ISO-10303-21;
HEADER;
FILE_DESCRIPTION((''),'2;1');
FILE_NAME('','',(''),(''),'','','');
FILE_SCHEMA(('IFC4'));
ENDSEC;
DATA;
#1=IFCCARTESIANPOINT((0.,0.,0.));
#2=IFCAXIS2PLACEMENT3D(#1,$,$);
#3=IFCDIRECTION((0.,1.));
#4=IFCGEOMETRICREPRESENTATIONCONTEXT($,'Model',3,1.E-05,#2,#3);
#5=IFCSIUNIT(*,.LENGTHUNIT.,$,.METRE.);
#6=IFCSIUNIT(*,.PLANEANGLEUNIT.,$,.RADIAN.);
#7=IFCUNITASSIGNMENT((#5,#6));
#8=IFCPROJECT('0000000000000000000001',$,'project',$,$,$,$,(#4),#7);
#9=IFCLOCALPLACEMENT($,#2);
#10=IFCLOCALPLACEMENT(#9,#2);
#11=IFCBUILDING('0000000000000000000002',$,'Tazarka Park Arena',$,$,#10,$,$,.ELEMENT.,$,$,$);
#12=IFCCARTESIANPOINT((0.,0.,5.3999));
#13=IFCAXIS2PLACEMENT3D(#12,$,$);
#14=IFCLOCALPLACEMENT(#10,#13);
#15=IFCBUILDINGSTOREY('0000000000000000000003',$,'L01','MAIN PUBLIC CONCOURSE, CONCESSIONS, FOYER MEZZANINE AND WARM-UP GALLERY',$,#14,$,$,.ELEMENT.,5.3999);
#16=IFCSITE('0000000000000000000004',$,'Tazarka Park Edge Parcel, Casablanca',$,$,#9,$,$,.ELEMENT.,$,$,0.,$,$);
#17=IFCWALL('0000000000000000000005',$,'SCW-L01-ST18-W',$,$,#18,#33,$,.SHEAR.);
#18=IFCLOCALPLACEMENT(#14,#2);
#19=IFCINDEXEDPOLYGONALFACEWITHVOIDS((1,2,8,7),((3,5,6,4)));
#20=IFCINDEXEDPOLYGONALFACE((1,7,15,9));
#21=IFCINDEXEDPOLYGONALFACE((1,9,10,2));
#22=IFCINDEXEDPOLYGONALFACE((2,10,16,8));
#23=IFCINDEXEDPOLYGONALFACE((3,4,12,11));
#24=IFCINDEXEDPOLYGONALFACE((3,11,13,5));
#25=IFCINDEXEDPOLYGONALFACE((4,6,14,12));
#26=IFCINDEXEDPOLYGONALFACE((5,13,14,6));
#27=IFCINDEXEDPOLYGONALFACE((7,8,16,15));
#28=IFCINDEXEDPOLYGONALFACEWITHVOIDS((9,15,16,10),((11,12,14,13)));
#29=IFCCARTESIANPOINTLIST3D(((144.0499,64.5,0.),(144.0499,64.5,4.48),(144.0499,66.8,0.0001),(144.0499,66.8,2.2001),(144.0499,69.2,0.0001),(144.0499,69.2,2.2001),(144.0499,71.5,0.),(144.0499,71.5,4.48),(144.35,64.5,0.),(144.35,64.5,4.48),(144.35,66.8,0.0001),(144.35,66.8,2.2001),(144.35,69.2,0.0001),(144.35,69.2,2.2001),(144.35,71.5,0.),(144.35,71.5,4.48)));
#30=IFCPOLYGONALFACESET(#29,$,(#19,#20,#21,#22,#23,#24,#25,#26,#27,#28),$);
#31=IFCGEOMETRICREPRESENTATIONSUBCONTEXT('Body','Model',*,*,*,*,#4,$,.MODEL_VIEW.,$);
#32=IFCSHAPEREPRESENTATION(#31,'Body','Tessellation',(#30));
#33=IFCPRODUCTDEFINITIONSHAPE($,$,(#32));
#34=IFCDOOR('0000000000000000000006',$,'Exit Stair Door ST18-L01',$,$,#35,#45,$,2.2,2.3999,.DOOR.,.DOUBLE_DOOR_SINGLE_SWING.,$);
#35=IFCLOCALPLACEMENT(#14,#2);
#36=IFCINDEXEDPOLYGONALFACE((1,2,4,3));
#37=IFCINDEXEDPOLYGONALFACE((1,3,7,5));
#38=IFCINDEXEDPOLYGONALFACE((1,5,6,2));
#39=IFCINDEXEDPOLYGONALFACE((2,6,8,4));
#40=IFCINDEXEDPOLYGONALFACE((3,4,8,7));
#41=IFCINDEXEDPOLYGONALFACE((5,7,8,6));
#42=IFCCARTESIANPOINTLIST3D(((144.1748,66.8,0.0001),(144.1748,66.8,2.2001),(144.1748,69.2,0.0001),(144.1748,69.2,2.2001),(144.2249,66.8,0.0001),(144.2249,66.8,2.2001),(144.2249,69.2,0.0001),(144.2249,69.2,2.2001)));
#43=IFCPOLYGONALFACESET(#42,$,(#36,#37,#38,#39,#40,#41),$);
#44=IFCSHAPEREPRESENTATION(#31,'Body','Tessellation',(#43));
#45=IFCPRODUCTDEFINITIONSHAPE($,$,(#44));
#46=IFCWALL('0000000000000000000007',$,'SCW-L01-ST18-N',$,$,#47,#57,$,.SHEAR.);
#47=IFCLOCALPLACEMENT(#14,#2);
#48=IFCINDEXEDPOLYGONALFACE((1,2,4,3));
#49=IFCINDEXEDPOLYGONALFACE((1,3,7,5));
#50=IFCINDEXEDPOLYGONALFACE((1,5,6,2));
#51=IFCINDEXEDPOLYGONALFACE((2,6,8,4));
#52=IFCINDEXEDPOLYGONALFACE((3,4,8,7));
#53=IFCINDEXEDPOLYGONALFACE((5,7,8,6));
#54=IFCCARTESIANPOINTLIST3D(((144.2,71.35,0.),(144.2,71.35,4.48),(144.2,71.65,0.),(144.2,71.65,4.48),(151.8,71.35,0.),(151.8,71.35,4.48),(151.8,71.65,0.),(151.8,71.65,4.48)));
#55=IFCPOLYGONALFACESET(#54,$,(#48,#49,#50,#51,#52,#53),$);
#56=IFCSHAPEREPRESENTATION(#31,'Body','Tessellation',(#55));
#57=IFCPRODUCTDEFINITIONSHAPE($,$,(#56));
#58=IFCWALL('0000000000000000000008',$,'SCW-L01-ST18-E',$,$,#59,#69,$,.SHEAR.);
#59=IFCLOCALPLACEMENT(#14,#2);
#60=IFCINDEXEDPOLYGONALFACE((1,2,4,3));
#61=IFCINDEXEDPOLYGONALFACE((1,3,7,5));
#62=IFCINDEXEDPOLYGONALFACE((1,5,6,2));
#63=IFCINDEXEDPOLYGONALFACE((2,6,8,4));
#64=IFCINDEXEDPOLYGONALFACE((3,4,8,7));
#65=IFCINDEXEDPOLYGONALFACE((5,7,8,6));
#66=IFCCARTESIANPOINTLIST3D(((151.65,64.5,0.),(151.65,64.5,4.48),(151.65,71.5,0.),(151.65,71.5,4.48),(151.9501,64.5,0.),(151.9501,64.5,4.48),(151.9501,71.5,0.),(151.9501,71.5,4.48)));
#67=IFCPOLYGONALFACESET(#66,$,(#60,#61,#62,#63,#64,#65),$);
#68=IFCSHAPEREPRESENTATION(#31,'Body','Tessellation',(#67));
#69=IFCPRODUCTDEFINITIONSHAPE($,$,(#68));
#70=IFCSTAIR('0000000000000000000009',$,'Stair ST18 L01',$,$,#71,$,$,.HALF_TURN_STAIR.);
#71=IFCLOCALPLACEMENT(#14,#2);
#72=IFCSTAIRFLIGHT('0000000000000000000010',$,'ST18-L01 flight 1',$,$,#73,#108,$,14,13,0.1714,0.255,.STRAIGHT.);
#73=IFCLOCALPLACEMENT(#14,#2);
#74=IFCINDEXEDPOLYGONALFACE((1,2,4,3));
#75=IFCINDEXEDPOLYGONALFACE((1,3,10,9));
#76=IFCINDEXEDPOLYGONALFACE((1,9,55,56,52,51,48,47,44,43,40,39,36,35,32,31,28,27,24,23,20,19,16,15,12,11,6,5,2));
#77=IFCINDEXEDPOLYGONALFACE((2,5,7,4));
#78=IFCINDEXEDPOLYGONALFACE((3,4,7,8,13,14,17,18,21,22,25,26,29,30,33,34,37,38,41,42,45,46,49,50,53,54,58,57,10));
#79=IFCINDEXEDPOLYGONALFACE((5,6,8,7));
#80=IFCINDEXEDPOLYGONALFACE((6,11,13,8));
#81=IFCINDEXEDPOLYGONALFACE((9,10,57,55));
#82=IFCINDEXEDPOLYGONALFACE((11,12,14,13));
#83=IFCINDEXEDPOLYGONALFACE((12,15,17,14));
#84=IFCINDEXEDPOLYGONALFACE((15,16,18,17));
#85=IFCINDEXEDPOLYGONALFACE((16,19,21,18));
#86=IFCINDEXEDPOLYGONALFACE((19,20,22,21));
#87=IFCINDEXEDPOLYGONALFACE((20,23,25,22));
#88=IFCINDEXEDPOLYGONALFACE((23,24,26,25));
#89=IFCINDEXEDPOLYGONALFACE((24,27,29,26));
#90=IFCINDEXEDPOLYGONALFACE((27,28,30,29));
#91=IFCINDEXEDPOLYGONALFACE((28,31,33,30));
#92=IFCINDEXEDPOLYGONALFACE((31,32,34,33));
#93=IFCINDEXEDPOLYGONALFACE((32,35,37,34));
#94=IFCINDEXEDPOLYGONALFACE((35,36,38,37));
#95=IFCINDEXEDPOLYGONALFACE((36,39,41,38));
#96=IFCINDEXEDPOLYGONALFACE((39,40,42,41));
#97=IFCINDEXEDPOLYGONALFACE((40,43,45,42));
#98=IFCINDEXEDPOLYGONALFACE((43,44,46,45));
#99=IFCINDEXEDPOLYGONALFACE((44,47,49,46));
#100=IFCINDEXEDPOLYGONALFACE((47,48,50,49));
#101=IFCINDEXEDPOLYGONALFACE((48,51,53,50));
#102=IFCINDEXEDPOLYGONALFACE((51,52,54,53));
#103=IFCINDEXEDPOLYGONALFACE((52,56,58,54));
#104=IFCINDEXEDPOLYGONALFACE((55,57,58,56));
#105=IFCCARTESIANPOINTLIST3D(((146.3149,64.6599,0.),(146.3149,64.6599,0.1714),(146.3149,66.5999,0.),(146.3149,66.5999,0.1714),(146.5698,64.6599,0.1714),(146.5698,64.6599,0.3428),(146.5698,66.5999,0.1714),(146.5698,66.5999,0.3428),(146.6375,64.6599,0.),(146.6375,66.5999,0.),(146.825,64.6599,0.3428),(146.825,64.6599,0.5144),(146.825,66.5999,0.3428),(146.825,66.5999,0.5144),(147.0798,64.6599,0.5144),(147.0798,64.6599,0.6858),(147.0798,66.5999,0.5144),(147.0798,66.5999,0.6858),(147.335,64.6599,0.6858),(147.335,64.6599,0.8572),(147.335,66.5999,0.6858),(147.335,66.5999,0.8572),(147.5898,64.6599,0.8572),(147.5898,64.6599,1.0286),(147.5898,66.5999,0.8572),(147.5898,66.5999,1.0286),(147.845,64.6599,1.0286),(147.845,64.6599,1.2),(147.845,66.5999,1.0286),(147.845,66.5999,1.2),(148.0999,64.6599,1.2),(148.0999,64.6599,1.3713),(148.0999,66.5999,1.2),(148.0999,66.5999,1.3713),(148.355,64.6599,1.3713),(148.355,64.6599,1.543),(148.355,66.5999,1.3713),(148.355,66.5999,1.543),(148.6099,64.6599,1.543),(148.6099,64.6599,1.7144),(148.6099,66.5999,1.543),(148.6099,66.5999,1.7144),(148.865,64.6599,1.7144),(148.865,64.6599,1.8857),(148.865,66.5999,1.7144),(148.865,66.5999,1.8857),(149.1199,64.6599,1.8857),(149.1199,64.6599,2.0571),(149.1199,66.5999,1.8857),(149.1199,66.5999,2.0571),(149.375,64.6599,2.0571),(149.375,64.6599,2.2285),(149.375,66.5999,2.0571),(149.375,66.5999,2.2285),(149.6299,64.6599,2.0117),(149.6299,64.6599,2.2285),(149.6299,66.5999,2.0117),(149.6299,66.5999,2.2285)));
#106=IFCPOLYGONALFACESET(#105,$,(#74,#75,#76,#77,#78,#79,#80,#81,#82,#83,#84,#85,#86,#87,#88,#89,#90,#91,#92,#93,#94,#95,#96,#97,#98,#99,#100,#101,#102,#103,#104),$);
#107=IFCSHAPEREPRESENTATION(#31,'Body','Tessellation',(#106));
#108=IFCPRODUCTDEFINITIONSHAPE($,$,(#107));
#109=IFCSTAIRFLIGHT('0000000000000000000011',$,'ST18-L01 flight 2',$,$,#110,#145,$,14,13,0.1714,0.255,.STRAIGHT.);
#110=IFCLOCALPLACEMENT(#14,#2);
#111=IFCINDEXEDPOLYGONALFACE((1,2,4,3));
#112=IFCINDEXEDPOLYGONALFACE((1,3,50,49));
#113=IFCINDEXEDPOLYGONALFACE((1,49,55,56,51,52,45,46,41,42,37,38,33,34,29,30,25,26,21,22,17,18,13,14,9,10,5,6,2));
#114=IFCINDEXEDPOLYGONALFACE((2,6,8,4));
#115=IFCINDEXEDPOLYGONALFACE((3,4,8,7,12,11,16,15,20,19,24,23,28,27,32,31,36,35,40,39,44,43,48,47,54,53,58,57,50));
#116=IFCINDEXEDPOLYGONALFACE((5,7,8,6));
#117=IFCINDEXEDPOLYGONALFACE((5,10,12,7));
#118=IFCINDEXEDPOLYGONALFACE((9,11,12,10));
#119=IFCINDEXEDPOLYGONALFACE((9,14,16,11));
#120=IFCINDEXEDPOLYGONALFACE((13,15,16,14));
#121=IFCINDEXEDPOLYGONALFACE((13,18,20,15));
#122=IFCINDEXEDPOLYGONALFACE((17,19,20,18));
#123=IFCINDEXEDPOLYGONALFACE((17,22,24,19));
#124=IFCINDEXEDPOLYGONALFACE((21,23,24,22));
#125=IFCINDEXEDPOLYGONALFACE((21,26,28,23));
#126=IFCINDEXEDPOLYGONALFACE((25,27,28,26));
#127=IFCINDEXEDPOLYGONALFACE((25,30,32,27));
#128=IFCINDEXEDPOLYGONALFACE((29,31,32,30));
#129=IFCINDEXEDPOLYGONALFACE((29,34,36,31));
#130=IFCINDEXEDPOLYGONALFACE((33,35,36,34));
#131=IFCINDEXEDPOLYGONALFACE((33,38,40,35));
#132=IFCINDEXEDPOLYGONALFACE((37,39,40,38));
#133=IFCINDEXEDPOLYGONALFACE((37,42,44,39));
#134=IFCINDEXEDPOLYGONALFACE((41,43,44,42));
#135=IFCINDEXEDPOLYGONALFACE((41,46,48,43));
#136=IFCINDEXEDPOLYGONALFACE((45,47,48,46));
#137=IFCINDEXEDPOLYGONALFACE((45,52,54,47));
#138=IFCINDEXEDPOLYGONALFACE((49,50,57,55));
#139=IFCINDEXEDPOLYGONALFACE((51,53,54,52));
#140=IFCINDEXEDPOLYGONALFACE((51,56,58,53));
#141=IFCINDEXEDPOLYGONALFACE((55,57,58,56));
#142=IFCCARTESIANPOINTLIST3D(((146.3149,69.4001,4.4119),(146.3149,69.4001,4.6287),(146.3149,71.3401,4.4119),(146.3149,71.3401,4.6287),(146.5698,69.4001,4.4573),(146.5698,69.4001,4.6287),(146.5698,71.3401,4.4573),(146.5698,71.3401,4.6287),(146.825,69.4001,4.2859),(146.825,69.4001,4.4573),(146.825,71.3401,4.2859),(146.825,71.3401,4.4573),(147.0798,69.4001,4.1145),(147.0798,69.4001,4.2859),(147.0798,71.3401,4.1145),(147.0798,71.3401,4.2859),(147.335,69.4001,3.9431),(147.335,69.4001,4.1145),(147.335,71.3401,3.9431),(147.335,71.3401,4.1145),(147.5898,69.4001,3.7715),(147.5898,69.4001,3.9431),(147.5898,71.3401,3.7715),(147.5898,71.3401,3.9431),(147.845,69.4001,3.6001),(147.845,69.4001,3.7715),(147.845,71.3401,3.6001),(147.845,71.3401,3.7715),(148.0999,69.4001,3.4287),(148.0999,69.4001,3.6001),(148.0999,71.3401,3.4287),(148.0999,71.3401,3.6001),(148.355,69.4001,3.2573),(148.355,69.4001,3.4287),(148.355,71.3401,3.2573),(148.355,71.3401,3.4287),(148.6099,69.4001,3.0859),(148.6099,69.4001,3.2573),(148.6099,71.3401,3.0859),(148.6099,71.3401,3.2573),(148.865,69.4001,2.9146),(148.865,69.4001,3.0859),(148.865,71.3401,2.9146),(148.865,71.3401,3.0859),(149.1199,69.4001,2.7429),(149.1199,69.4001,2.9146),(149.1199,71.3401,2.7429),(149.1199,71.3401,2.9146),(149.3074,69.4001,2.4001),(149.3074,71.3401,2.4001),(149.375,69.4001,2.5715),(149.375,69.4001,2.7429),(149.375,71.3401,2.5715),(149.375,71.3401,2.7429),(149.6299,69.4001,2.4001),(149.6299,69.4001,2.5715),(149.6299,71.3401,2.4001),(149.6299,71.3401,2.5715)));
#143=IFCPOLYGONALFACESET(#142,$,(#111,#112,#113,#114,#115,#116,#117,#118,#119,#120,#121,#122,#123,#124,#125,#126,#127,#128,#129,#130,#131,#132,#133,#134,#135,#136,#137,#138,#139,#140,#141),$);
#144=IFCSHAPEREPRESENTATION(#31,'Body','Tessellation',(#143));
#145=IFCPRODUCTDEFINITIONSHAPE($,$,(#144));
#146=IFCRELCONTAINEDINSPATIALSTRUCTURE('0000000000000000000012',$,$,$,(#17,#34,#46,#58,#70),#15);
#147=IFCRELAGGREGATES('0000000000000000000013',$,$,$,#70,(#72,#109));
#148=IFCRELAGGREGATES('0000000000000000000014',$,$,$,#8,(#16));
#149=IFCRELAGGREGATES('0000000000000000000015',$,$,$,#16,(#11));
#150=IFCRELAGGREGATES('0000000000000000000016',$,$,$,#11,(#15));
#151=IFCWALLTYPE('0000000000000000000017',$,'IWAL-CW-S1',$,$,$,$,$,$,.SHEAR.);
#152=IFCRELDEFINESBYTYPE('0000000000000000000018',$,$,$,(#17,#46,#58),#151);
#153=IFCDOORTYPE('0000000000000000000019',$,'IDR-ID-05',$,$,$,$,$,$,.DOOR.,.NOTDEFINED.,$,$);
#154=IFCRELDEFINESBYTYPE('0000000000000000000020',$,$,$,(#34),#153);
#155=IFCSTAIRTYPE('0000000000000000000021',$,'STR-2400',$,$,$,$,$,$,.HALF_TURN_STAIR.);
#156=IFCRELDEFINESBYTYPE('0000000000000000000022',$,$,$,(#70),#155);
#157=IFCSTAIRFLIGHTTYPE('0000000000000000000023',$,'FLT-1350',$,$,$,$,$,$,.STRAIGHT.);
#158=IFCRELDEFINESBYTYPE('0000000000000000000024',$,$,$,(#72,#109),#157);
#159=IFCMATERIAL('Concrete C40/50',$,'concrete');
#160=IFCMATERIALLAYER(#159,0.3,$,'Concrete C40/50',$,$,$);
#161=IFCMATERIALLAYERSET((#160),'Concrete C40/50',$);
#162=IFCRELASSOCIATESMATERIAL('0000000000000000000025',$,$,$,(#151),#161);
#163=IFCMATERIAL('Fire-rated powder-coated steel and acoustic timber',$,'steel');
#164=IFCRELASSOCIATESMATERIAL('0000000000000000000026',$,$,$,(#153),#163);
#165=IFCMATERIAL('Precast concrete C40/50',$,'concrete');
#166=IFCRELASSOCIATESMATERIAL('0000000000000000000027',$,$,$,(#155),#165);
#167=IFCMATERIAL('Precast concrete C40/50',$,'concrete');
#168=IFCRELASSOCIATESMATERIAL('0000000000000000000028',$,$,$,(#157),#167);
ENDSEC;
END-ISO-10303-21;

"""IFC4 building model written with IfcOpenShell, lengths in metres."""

from ifc_helpers import new_model, si_unit, direction, frame, frame_2d, origin, place, context, subcontext, project, spatial, polyline, rectangle, outline, extrude, material, layer, layer_set, type_object, element, fill, aggregate, save


model = new_model("IFC4")

# Units and contexts
model_context = context("Model", 3, precision=1e-05, world=origin(), true_north=direction((0.0, 1.0)))
body_context = subcontext(model_context, "Body", "Model", "MODEL_VIEW")
ifc_project = project(units=[si_unit("LENGTHUNIT", "METRE"), si_unit("PLANEANGLEUNIT", "RADIAN")], contexts=[model_context])

# Site, building, storey
site_placement = place(None, origin())
site = spatial("IfcSite", under=ifc_project, at=site_placement, Name="Tazarka Park Edge Parcel, Casablanca", CompositionType="ELEMENT", RefElevation=0.0)
building_placement = place(site_placement, origin())
building = spatial("IfcBuilding", under=site, at=building_placement, Name="Tazarka Park Arena", CompositionType="ELEMENT")
storey_placement = place(building_placement, frame((0.0, 0.0, 5.3999)))
storey = spatial("IfcBuildingStorey", under=building, at=storey_placement, Name="L01", Description="MAIN PUBLIC CONCOURSE, CONCESSIONS, FOYER MEZZANINE AND WARM-UP GALLERY", CompositionType="ELEMENT", Elevation=5.3999)

# Shared definitions
ifc_material_1 = material(Name="Concrete C40/50", Category="concrete")
ifc_layer_1 = layer(ifc_material_1, 0.3, Name="Concrete C40/50")
ifc_layer_set_1 = layer_set([ifc_layer_1], Name="Concrete C40/50")
wall_type = type_object("IfcWallType", Name="IWAL-CW-S1", PredefinedType="SHEAR", material=ifc_layer_set_1)

# Wall, opening, door
wall_1_placement = place(storey_placement, frame((144.2, 64.5, 0.0), z_axis=(0.0, 0.0, 1.0), x_axis=(0.0, 1.0, 0.0)))
wall_1 = element("IfcWall", 1, at=wall_1_placement, inside=storey, type_object=wall_type, Name="SCW-L01-ST18-W", PredefinedType="SHEAR", context=body_context, shape_type="SweptSolid", body=[
    extrude(rectangle(XDim=7.0, YDim=0.3, at=frame_2d((3.5, 0.0))), origin(), (0.0, 0.0, 1.0), 4.48),
])
opening_placement = place(wall_1_placement, frame((2.3, 0.0, 0.0)))
opening = element("IfcOpeningElement", 2, at=opening_placement, cuts=wall_1, PredefinedType="OPENING", context=body_context, shape_type="SweptSolid", body=[
    extrude(rectangle(XDim=2.3999, YDim=2.2, at=frame_2d((1.2, 1.1001))), frame((0.0, 0.1602, 0.0), z_axis=(0.0, -1.0, 0.0), x_axis=(1.0, 0.0, 0.0)), (0.0, 0.0, 1.0), 0.3201),
])
ifc_material_2 = material(Name="Fire-rated powder-coated steel and acoustic timber", Category="steel")
door_type = type_object("IfcDoorType", Name="IDR-ID-05", OperationType="NOTDEFINED", PredefinedType="DOOR", material=ifc_material_2)
door_placement = place(opening_placement, frame((2.3999, 0.0, 0.0), z_axis=(0.0, 0.0, 1.0), x_axis=(-1.0, 0.0, 0.0)))
door = element("IfcDoor", 3, at=door_placement, inside=storey, type_object=door_type, Name="Exit Stair Door ST18-L01", OperationType="DOUBLE_DOOR_SINGLE_SWING", OverallHeight=2.2, OverallWidth=2.3999, PredefinedType="DOOR", context=body_context, shape_type="SweptSolid", body=[
    extrude(rectangle(XDim=2.3999, YDim=2.2, at=frame_2d((1.2, 1.1001))), frame((0.0, 0.0249, 0.0), z_axis=(0.0, -1.0, 0.0), x_axis=(1.0, 0.0, 0.0)), (0.0, 0.0, 1.0), 0.05),
])
fill(opening, door)

# Walls
wall_2_placement = place(storey_placement, frame((144.2, 71.5, 0.0), z_axis=(0.0, 0.0, 1.0), x_axis=(1.0, 0.0, 0.0)))
element("IfcWall", 4, at=wall_2_placement, inside=storey, type_object=wall_type, Name="SCW-L01-ST18-N", PredefinedType="SHEAR", context=body_context, shape_type="SweptSolid", body=[
    extrude(rectangle(XDim=7.6001, YDim=0.3, at=frame_2d((3.8, 0.0))), origin(), (0.0, 0.0, 1.0), 4.48),
])
wall_3_placement = place(storey_placement, frame((151.8, 71.5, 0.0), z_axis=(0.0, 0.0, 1.0), x_axis=(0.0, -1.0, 0.0)))
element("IfcWall", 5, at=wall_3_placement, inside=storey, type_object=wall_type, Name="SCW-L01-ST18-E", PredefinedType="SHEAR", context=body_context, shape_type="SweptSolid", body=[
    extrude(rectangle(XDim=7.0, YDim=0.3, at=frame_2d((3.5, 0.0))), origin(), (0.0, 0.0, 1.0), 4.48),
])

# Stair, stair flights
ifc_material_3 = material(Name="Precast concrete C40/50", Category="concrete")
stair_type = type_object("IfcStairType", Name="STR-2400", PredefinedType="HALF_TURN_STAIR", material=ifc_material_3)
stair_placement = place(storey_placement, origin())
stair = element("IfcStair", 6, at=stair_placement, inside=storey, type_object=stair_type, Name="Stair ST18 L01", PredefinedType="HALF_TURN_STAIR")
ifc_material_4 = material(Name="Precast concrete C40/50", Category="concrete")
stair_flight_type = type_object("IfcStairFlightType", Name="FLT-1350", PredefinedType="STRAIGHT", material=ifc_material_4)
stair_flight_1_placement = place(storey_placement, frame((146.3149, 65.6299, 0.0), z_axis=(0.0, 0.0, 1.0), x_axis=(1.0, 0.0, 0.0)))
stair_flight_1 = element("IfcStairFlight", 7, at=stair_flight_1_placement, type_object=stair_flight_type, Name="ST18-L01 flight 1", NumberOfRisers=14, NumberOfTreads=13, PredefinedType="STRAIGHT", RiserHeight=0.1714, TreadLength=0.255, context=body_context, shape_type="SweptSolid", body=[
    extrude(outline(polyline([(0.0, 0.0), (0.0, 0.1714), (0.2549, 0.1714), (0.2549, 0.3428), (0.51, 0.3428), (0.51, 0.5144), (0.7649, 0.5144), (0.7649, 0.6858), (1.02, 0.6858), (1.02, 0.8572), (1.2749, 0.8572), (1.2749, 1.0286), (1.53, 1.0286), (1.53, 1.2), (1.7849, 1.2), (1.7849, 1.3713), (2.04, 1.3713), (2.04, 1.543), (2.2949, 1.543), (2.2949, 1.7144), (2.55, 1.7144), (2.55, 1.8857), (2.8049, 1.8857), (2.8049, 2.0571), (3.0601, 2.0571), (3.0601, 2.2285), (3.3149, 2.2285), (3.3149, 2.3999), (3.3149, 2.0117), (0.3225, 0.0), (0.0, 0.0)])), frame((0.0, 0.97, 0.0), z_axis=(0.0, -1.0, 0.0), x_axis=(1.0, 0.0, 0.0)), (0.0, 0.0, 1.0), 1.9399),
])
stair_flight_2_placement = place(storey_placement, frame((149.6299, 70.3701, 2.4001), z_axis=(0.0, 0.0, 1.0), x_axis=(-1.0, 0.0, 0.0)))
stair_flight_2 = element("IfcStairFlight", 8, at=stair_flight_2_placement, type_object=stair_flight_type, Name="ST18-L01 flight 2", NumberOfRisers=14, NumberOfTreads=13, PredefinedType="STRAIGHT", RiserHeight=0.1714, TreadLength=0.255, context=body_context, shape_type="SweptSolid", body=[
    extrude(outline(polyline([(0.0, 0.0), (0.0, 0.1714), (0.2549, 0.1714), (0.2549, 0.3428), (0.51, 0.3428), (0.51, 0.5144), (0.7649, 0.5144), (0.7649, 0.6858), (1.02, 0.6858), (1.02, 0.8572), (1.2749, 0.8572), (1.2749, 1.0286), (1.53, 1.0286), (1.53, 1.2), (1.7849, 1.2), (1.7849, 1.3713), (2.04, 1.3713), (2.04, 1.543), (2.2949, 1.543), (2.2949, 1.7144), (2.55, 1.7144), (2.55, 1.8857), (2.8049, 1.8857), (2.8049, 2.0571), (3.0601, 2.0571), (3.0601, 2.2285), (3.3149, 2.2285), (3.3149, 2.3999), (3.3149, 2.0117), (0.3225, 0.0), (0.0, 0.0)])), frame((0.0, 0.97, 0.0), z_axis=(0.0, -1.0, 0.0), x_axis=(1.0, 0.0, 0.0)), (0.0, 0.0, 1.0), 1.9399),
])
aggregate(stair, [stair_flight_1, stair_flight_2])

save(model, "model.ifc")
